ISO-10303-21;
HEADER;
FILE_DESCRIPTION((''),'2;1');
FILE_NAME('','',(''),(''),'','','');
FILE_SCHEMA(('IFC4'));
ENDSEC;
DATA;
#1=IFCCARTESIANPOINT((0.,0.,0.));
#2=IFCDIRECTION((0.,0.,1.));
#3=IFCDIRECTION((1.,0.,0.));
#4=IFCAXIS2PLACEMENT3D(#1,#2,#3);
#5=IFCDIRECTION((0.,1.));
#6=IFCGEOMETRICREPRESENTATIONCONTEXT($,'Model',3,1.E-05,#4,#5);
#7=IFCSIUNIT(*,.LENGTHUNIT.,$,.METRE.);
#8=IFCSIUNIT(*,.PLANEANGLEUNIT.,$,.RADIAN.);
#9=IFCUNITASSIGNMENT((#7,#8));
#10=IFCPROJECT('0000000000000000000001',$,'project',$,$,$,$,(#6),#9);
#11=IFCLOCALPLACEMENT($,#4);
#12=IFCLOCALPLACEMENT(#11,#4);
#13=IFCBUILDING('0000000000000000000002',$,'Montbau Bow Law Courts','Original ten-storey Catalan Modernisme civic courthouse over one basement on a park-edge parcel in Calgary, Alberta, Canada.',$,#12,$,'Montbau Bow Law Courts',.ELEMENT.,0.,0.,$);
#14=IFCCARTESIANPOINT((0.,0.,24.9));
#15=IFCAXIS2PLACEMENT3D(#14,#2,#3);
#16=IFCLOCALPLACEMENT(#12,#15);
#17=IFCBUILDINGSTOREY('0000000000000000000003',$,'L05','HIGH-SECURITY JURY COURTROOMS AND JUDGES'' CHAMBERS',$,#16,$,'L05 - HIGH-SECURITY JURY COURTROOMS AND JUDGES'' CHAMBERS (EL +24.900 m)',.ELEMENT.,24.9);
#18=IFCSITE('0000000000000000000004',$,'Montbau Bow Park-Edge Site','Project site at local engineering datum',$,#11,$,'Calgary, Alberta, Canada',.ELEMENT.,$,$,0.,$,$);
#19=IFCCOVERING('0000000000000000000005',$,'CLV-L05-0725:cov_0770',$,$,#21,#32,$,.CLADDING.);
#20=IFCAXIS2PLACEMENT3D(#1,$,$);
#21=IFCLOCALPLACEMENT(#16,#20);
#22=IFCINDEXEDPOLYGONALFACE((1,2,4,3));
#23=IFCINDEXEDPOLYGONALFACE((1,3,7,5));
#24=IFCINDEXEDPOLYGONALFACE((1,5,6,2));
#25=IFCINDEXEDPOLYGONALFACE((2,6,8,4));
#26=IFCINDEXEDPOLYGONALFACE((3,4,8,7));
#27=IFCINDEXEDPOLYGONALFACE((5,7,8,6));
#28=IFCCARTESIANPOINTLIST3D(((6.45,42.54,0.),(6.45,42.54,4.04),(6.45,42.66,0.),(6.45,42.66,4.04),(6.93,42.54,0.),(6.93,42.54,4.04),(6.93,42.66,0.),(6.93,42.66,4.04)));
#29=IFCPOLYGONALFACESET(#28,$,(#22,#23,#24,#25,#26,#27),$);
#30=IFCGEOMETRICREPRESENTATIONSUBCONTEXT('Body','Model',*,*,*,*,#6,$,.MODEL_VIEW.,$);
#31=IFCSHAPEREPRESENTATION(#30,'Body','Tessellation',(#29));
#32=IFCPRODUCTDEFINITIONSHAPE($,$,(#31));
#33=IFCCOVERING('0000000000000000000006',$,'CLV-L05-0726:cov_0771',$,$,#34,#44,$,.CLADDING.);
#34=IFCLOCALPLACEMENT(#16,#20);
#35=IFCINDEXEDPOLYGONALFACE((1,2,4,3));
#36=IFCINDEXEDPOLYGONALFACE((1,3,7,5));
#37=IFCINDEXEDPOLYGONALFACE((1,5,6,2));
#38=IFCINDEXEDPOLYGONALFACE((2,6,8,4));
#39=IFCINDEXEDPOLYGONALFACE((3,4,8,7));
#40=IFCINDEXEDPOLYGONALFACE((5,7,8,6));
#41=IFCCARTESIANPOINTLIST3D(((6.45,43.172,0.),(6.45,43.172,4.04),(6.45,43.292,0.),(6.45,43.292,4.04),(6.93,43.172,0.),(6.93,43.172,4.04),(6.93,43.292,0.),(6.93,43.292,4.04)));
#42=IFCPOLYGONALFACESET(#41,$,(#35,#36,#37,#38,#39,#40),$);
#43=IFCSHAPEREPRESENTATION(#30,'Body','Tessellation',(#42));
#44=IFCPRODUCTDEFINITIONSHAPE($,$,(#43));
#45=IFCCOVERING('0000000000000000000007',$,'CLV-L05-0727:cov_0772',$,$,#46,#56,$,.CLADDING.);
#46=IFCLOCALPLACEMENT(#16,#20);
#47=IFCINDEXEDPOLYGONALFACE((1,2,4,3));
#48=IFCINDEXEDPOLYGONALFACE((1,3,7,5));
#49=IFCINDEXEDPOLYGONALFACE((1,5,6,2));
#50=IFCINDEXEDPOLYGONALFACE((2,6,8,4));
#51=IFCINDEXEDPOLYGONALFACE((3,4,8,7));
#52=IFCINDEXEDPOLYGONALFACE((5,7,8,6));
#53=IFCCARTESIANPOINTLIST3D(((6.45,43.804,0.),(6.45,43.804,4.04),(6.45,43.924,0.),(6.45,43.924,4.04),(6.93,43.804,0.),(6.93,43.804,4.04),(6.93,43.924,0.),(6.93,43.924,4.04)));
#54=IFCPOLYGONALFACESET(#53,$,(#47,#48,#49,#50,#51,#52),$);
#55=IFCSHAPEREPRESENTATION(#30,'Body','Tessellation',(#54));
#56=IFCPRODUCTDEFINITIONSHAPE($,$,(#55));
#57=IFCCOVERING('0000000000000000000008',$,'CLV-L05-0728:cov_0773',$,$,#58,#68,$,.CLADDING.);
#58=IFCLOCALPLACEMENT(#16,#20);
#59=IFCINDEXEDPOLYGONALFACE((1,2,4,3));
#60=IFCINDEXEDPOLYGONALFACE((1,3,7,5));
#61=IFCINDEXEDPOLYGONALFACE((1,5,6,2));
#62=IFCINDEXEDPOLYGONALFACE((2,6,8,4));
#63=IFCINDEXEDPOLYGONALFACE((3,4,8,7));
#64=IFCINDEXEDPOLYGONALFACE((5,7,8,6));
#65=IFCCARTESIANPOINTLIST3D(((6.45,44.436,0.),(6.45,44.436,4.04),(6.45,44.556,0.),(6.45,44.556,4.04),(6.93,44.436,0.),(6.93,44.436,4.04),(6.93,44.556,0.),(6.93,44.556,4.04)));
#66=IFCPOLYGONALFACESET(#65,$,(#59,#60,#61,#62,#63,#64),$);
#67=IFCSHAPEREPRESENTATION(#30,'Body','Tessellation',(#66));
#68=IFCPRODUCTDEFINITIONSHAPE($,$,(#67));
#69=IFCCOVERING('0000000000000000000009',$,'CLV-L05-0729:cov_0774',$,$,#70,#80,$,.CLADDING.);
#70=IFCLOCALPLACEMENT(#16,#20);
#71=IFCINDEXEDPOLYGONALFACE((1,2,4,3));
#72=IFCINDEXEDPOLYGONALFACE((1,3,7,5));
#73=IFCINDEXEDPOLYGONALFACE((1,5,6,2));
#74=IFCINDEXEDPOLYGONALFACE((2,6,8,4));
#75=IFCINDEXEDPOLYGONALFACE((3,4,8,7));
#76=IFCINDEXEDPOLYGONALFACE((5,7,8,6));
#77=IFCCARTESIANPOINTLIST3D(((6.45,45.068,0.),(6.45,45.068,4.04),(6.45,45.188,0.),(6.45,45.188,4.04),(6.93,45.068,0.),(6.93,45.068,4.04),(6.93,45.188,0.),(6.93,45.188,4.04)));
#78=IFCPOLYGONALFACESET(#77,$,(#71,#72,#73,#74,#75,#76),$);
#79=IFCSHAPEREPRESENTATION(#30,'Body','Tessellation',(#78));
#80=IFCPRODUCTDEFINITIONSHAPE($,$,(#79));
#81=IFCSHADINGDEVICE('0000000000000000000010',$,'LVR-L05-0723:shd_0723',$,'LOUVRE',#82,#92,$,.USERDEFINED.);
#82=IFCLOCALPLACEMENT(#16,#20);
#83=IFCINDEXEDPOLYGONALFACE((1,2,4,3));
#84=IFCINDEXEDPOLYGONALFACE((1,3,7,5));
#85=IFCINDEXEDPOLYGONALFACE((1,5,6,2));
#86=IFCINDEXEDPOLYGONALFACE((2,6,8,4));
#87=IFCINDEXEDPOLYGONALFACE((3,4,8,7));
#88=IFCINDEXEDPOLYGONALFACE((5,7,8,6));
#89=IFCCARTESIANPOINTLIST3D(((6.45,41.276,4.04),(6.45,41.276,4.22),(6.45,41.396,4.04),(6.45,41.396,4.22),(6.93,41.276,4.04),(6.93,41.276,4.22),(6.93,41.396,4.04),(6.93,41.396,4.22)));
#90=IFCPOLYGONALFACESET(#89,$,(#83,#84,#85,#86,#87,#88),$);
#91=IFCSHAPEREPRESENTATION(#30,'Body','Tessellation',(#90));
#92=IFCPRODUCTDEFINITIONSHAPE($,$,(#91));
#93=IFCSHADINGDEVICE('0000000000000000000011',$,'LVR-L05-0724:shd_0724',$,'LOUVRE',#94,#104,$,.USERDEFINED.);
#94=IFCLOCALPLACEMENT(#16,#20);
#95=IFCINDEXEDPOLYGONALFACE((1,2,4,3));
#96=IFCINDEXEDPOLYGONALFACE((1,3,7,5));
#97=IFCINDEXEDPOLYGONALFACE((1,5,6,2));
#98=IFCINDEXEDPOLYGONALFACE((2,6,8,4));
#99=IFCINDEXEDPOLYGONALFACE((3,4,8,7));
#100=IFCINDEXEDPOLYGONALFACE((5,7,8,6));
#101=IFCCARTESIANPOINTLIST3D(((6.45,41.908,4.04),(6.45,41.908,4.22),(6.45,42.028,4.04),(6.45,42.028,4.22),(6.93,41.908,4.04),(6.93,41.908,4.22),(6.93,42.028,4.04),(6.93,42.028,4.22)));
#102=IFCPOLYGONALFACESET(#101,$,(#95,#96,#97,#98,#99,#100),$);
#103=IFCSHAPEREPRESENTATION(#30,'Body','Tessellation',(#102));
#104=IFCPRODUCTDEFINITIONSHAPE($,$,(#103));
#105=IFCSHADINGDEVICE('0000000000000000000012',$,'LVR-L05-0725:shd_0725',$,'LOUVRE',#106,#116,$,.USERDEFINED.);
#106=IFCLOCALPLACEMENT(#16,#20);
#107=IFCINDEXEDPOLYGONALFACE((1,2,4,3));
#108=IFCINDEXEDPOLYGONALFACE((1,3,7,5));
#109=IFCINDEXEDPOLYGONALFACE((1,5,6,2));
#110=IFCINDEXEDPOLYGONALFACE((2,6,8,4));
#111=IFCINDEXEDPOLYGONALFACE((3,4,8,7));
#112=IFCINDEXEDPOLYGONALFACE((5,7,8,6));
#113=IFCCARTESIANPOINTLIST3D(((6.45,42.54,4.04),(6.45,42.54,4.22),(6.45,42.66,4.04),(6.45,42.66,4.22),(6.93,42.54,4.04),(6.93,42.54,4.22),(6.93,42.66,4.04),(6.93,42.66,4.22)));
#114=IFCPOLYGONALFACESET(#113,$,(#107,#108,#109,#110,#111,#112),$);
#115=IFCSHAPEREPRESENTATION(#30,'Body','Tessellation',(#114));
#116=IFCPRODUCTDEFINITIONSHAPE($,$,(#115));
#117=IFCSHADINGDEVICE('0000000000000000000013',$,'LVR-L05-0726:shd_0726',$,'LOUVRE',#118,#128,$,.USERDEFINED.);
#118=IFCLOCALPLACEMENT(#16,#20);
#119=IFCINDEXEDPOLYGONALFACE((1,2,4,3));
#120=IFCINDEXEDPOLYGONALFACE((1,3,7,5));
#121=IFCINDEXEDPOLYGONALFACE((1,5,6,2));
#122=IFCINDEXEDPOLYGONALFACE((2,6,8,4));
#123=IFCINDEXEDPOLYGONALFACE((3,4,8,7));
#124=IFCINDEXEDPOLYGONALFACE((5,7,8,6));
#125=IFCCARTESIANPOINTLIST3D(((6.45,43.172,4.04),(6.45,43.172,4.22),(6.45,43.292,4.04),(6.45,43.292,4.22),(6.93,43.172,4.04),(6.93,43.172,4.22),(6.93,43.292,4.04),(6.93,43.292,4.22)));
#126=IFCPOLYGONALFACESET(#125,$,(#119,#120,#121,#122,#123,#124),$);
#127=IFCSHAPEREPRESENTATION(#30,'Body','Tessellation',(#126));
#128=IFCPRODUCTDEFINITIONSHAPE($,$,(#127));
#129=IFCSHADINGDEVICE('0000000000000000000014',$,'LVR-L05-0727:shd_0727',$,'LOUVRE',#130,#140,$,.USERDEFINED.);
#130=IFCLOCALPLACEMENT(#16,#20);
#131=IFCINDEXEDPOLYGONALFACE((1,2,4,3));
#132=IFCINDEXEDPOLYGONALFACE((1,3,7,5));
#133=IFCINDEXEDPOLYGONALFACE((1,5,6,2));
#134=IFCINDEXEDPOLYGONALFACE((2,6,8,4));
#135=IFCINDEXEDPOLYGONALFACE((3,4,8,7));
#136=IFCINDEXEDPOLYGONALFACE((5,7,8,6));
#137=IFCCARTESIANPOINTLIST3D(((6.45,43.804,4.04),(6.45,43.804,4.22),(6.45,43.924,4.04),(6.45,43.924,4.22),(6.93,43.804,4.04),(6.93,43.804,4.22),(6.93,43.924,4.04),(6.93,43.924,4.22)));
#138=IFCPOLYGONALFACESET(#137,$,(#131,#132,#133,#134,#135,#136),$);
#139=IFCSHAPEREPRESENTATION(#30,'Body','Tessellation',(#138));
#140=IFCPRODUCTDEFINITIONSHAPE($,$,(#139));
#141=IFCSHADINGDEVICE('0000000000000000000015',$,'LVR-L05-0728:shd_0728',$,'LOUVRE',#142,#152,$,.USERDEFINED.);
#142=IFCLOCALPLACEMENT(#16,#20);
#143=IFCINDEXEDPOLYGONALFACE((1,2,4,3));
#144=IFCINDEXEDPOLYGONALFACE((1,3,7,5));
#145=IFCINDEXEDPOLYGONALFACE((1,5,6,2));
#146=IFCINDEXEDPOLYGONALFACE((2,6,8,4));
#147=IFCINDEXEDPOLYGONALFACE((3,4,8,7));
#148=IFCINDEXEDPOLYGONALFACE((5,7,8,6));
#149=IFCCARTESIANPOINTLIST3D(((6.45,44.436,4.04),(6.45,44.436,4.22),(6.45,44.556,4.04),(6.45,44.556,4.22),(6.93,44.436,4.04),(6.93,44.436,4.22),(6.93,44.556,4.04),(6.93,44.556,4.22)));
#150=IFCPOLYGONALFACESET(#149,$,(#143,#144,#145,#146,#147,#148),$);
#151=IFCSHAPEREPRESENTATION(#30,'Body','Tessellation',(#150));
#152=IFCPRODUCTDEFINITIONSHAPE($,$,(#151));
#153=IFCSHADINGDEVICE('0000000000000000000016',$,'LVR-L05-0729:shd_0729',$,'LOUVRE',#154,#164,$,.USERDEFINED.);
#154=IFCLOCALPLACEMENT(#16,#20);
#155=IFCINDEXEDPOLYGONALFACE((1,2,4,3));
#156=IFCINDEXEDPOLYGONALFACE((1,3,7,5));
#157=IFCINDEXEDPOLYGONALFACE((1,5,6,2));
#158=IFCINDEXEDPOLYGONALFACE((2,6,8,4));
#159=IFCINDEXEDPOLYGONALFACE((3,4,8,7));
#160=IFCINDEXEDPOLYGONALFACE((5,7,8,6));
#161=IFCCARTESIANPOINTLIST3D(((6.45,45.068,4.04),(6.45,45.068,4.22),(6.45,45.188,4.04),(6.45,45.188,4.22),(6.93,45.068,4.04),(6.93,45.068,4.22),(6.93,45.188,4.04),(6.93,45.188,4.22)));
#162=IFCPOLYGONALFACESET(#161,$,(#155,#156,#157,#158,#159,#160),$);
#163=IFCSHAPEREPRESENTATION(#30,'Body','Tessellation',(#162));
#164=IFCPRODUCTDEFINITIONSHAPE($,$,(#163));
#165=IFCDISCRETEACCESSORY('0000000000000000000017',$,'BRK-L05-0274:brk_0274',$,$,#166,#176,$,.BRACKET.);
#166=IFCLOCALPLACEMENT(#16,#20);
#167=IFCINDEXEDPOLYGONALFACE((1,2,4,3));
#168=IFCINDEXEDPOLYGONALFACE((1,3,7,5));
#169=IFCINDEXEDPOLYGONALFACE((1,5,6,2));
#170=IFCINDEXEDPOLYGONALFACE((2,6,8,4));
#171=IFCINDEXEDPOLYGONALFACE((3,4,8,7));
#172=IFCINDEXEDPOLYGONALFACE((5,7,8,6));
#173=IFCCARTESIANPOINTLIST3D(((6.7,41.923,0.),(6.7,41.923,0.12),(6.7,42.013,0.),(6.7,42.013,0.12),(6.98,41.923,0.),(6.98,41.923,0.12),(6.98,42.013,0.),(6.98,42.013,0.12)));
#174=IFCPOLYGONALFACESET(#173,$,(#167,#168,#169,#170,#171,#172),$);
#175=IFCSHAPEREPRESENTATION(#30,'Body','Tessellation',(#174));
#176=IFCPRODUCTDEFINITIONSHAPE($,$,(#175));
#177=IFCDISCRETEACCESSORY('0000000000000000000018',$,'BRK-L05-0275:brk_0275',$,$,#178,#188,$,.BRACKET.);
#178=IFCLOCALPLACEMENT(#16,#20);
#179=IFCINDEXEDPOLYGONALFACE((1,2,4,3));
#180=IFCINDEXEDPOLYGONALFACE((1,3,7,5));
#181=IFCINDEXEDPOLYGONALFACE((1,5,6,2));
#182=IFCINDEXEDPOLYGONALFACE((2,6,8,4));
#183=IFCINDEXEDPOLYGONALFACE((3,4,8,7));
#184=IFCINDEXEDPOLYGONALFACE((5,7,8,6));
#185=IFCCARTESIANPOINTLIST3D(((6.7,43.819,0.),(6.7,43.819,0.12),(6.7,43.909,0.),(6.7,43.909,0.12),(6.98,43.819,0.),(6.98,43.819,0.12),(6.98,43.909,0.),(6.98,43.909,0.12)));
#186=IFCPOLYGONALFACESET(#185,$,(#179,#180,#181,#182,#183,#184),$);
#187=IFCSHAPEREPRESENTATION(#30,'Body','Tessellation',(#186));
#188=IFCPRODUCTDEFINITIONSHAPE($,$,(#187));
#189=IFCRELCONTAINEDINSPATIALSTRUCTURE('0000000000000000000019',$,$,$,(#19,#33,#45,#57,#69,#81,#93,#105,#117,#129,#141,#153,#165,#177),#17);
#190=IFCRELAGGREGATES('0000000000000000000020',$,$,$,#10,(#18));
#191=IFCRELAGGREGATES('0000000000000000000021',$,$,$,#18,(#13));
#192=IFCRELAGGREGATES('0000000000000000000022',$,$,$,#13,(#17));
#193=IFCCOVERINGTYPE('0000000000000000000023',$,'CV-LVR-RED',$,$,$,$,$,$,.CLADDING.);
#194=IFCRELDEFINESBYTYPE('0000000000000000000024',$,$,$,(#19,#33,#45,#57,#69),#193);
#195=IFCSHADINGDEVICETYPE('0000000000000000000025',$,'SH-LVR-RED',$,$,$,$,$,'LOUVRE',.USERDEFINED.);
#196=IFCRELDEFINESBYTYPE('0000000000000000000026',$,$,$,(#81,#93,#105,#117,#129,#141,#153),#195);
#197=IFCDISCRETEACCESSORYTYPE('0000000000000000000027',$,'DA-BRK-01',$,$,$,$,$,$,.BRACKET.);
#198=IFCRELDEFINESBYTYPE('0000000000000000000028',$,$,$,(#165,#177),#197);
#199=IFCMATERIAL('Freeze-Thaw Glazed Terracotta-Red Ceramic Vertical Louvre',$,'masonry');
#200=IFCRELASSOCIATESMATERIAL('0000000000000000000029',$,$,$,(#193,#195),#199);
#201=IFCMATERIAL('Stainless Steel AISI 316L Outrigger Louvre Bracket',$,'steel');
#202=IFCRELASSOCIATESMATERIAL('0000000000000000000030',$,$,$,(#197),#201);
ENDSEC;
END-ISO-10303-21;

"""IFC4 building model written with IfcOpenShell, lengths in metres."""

from ifc_helpers import new_model, si_unit, direction, frame, frame_2d, origin_with_axes, origin_2d_with_axis, place, context, subcontext, project, spatial, rectangle, extrude, material, type_object, element, save


model = new_model("IFC4")

# Units and contexts
model_context = context("Model", 3, precision=1e-05, world=origin_with_axes(), true_north=direction((0.0, 1.0)))
body_context = subcontext(model_context, "Body", "Model", "MODEL_VIEW")
ifc_project = project(units=[si_unit("LENGTHUNIT", "METRE"), si_unit("PLANEANGLEUNIT", "RADIAN")], contexts=[model_context])

# Site, building, storey
site_placement = place(None, origin_with_axes())
site = spatial("IfcSite", under=ifc_project, at=site_placement, Name="Montbau Bow Park-Edge Site", Description="Project site at local engineering datum", LongName="Calgary, Alberta, Canada", CompositionType="ELEMENT", RefElevation=0.0)
building_placement = place(site_placement, origin_with_axes())
building = spatial("IfcBuilding", under=site, at=building_placement, Name="Montbau Bow Law Courts", Description="Original ten-storey Catalan Modernisme civic courthouse over one basement on a park-edge parcel in Calgary, Alberta, Canada.", LongName="Montbau Bow Law Courts", CompositionType="ELEMENT", ElevationOfRefHeight=0.0, ElevationOfTerrain=0.0)
storey_placement = place(building_placement, frame((0.0, 0.0, 24.9), z_axis=(0.0, 0.0, 1.0), x_axis=(1.0, 0.0, 0.0)))
storey = spatial("IfcBuildingStorey", under=building, at=storey_placement, Name="L05", Description="HIGH-SECURITY JURY COURTROOMS AND JUDGES' CHAMBERS", LongName="L05 - HIGH-SECURITY JURY COURTROOMS AND JUDGES' CHAMBERS (EL +24.900 m)", CompositionType="ELEMENT", Elevation=24.9)

# Coverings
ifc_material_1 = material(Name="Freeze-Thaw Glazed Terracotta-Red Ceramic Vertical Louvre", Category="masonry")
covering_type = type_object("IfcCoveringType", Name="CV-LVR-RED", PredefinedType="CLADDING", material=ifc_material_1)
for number, where, z_axis, x_axis, name in (
    (1, (6.93, 42.6, 24.9), (0.0, 1.0, 0.0), (-1.0, 0.0, 0.0), "CLV-L05-0725:cov_0770"),
    (2, (6.93, 43.232, 24.9), (0.0, 1.0, 0.0), (-1.0, 0.0, 0.0), "CLV-L05-0726:cov_0771"),
    (3, (6.93, 43.864, 24.9), (0.0, 1.0, 0.0), (-1.0, 0.0, 0.0), "CLV-L05-0727:cov_0772"),
    (4, (6.93, 44.496, 24.9), (0.0, 1.0, 0.0), (-1.0, 0.0, 0.0), "CLV-L05-0728:cov_0773"),
    (5, (6.93, 45.128, 24.9), (0.0, 1.0, 0.0), (-1.0, 0.0, 0.0), "CLV-L05-0729:cov_0774"),
):
    element("IfcCovering", number, at=place(None, frame(where, z_axis=z_axis, x_axis=x_axis)), inside=storey, type_object=covering_type, Name=name, PredefinedType="CLADDING", context=body_context, shape_type="SweptSolid", body=[
        extrude(rectangle(XDim=0.48, YDim=4.04, at=frame_2d((0.24, 2.02), x_axis=(1.0, 0.0))), frame((0.0, 0.0, -0.06), z_axis=(0.0, 0.0, 1.0), x_axis=(1.0, 0.0, 0.0)), (0.0, 0.0, 1.0), 0.12),
    ])

# Shading devices
shading_device_type = type_object("IfcShadingDeviceType", Name="SH-LVR-RED", ElementType="LOUVRE", PredefinedType="USERDEFINED", material=ifc_material_1)
for number, where, z_axis, x_axis, name in (
    (6, (6.69, 41.336, 28.94), (0.0, 0.0, 1.0), (-1.0, 0.0, 0.0), "LVR-L05-0723:shd_0723"),
    (7, (6.69, 41.968, 28.94), (0.0, 0.0, 1.0), (-1.0, 0.0, 0.0), "LVR-L05-0724:shd_0724"),
    (8, (6.69, 42.6, 28.94), (0.0, 0.0, 1.0), (-1.0, 0.0, 0.0), "LVR-L05-0725:shd_0725"),
    (9, (6.69, 43.232, 28.94), (0.0, 0.0, 1.0), (-1.0, 0.0, 0.0), "LVR-L05-0726:shd_0726"),
    (10, (6.69, 43.864, 28.94), (0.0, 0.0, 1.0), (-1.0, 0.0, 0.0), "LVR-L05-0727:shd_0727"),
    (11, (6.69, 44.496, 28.94), (0.0, 0.0, 1.0), (-1.0, 0.0, 0.0), "LVR-L05-0728:shd_0728"),
    (12, (6.69, 45.128, 28.94), (0.0, 0.0, 1.0), (-1.0, 0.0, 0.0), "LVR-L05-0729:shd_0729"),
):
    element("IfcShadingDevice", number, at=place(None, frame(where, z_axis=z_axis, x_axis=x_axis)), inside=storey, type_object=shading_device_type, Name=name, ObjectType="LOUVRE", PredefinedType="USERDEFINED", context=body_context, shape_type="SweptSolid", body=[
        extrude(rectangle(XDim=0.48, YDim=0.12, at=origin_2d_with_axis()), origin_with_axes(), (0.0, 0.0, 1.0), 0.18),
    ])

# Discrete accessories
ifc_material_2 = material(Name="Stainless Steel AISI 316L Outrigger Louvre Bracket", Category="steel")
discrete_accessory_type = type_object("IfcDiscreteAccessoryType", Name="DA-BRK-01", PredefinedType="BRACKET", material=ifc_material_2)
for number, where, z_axis, x_axis, name in (
    (13, (6.84, 41.968, 24.9), (0.0, 0.0, 1.0), (-1.0, 0.0, 0.0), "BRK-L05-0274:brk_0274"),
    (14, (6.84, 43.864, 24.9), (0.0, 0.0, 1.0), (-1.0, 0.0, 0.0), "BRK-L05-0275:brk_0275"),
):
    element("IfcDiscreteAccessory", number, at=place(None, frame(where, z_axis=z_axis, x_axis=x_axis)), inside=storey, type_object=discrete_accessory_type, Name=name, PredefinedType="BRACKET", context=body_context, shape_type="SweptSolid", body=[
        extrude(rectangle(XDim=0.28, YDim=0.09, at=origin_2d_with_axis()), origin_with_axes(), (0.0, 0.0, 1.0), 0.12),
    ])

save(model, "model.ifc")
